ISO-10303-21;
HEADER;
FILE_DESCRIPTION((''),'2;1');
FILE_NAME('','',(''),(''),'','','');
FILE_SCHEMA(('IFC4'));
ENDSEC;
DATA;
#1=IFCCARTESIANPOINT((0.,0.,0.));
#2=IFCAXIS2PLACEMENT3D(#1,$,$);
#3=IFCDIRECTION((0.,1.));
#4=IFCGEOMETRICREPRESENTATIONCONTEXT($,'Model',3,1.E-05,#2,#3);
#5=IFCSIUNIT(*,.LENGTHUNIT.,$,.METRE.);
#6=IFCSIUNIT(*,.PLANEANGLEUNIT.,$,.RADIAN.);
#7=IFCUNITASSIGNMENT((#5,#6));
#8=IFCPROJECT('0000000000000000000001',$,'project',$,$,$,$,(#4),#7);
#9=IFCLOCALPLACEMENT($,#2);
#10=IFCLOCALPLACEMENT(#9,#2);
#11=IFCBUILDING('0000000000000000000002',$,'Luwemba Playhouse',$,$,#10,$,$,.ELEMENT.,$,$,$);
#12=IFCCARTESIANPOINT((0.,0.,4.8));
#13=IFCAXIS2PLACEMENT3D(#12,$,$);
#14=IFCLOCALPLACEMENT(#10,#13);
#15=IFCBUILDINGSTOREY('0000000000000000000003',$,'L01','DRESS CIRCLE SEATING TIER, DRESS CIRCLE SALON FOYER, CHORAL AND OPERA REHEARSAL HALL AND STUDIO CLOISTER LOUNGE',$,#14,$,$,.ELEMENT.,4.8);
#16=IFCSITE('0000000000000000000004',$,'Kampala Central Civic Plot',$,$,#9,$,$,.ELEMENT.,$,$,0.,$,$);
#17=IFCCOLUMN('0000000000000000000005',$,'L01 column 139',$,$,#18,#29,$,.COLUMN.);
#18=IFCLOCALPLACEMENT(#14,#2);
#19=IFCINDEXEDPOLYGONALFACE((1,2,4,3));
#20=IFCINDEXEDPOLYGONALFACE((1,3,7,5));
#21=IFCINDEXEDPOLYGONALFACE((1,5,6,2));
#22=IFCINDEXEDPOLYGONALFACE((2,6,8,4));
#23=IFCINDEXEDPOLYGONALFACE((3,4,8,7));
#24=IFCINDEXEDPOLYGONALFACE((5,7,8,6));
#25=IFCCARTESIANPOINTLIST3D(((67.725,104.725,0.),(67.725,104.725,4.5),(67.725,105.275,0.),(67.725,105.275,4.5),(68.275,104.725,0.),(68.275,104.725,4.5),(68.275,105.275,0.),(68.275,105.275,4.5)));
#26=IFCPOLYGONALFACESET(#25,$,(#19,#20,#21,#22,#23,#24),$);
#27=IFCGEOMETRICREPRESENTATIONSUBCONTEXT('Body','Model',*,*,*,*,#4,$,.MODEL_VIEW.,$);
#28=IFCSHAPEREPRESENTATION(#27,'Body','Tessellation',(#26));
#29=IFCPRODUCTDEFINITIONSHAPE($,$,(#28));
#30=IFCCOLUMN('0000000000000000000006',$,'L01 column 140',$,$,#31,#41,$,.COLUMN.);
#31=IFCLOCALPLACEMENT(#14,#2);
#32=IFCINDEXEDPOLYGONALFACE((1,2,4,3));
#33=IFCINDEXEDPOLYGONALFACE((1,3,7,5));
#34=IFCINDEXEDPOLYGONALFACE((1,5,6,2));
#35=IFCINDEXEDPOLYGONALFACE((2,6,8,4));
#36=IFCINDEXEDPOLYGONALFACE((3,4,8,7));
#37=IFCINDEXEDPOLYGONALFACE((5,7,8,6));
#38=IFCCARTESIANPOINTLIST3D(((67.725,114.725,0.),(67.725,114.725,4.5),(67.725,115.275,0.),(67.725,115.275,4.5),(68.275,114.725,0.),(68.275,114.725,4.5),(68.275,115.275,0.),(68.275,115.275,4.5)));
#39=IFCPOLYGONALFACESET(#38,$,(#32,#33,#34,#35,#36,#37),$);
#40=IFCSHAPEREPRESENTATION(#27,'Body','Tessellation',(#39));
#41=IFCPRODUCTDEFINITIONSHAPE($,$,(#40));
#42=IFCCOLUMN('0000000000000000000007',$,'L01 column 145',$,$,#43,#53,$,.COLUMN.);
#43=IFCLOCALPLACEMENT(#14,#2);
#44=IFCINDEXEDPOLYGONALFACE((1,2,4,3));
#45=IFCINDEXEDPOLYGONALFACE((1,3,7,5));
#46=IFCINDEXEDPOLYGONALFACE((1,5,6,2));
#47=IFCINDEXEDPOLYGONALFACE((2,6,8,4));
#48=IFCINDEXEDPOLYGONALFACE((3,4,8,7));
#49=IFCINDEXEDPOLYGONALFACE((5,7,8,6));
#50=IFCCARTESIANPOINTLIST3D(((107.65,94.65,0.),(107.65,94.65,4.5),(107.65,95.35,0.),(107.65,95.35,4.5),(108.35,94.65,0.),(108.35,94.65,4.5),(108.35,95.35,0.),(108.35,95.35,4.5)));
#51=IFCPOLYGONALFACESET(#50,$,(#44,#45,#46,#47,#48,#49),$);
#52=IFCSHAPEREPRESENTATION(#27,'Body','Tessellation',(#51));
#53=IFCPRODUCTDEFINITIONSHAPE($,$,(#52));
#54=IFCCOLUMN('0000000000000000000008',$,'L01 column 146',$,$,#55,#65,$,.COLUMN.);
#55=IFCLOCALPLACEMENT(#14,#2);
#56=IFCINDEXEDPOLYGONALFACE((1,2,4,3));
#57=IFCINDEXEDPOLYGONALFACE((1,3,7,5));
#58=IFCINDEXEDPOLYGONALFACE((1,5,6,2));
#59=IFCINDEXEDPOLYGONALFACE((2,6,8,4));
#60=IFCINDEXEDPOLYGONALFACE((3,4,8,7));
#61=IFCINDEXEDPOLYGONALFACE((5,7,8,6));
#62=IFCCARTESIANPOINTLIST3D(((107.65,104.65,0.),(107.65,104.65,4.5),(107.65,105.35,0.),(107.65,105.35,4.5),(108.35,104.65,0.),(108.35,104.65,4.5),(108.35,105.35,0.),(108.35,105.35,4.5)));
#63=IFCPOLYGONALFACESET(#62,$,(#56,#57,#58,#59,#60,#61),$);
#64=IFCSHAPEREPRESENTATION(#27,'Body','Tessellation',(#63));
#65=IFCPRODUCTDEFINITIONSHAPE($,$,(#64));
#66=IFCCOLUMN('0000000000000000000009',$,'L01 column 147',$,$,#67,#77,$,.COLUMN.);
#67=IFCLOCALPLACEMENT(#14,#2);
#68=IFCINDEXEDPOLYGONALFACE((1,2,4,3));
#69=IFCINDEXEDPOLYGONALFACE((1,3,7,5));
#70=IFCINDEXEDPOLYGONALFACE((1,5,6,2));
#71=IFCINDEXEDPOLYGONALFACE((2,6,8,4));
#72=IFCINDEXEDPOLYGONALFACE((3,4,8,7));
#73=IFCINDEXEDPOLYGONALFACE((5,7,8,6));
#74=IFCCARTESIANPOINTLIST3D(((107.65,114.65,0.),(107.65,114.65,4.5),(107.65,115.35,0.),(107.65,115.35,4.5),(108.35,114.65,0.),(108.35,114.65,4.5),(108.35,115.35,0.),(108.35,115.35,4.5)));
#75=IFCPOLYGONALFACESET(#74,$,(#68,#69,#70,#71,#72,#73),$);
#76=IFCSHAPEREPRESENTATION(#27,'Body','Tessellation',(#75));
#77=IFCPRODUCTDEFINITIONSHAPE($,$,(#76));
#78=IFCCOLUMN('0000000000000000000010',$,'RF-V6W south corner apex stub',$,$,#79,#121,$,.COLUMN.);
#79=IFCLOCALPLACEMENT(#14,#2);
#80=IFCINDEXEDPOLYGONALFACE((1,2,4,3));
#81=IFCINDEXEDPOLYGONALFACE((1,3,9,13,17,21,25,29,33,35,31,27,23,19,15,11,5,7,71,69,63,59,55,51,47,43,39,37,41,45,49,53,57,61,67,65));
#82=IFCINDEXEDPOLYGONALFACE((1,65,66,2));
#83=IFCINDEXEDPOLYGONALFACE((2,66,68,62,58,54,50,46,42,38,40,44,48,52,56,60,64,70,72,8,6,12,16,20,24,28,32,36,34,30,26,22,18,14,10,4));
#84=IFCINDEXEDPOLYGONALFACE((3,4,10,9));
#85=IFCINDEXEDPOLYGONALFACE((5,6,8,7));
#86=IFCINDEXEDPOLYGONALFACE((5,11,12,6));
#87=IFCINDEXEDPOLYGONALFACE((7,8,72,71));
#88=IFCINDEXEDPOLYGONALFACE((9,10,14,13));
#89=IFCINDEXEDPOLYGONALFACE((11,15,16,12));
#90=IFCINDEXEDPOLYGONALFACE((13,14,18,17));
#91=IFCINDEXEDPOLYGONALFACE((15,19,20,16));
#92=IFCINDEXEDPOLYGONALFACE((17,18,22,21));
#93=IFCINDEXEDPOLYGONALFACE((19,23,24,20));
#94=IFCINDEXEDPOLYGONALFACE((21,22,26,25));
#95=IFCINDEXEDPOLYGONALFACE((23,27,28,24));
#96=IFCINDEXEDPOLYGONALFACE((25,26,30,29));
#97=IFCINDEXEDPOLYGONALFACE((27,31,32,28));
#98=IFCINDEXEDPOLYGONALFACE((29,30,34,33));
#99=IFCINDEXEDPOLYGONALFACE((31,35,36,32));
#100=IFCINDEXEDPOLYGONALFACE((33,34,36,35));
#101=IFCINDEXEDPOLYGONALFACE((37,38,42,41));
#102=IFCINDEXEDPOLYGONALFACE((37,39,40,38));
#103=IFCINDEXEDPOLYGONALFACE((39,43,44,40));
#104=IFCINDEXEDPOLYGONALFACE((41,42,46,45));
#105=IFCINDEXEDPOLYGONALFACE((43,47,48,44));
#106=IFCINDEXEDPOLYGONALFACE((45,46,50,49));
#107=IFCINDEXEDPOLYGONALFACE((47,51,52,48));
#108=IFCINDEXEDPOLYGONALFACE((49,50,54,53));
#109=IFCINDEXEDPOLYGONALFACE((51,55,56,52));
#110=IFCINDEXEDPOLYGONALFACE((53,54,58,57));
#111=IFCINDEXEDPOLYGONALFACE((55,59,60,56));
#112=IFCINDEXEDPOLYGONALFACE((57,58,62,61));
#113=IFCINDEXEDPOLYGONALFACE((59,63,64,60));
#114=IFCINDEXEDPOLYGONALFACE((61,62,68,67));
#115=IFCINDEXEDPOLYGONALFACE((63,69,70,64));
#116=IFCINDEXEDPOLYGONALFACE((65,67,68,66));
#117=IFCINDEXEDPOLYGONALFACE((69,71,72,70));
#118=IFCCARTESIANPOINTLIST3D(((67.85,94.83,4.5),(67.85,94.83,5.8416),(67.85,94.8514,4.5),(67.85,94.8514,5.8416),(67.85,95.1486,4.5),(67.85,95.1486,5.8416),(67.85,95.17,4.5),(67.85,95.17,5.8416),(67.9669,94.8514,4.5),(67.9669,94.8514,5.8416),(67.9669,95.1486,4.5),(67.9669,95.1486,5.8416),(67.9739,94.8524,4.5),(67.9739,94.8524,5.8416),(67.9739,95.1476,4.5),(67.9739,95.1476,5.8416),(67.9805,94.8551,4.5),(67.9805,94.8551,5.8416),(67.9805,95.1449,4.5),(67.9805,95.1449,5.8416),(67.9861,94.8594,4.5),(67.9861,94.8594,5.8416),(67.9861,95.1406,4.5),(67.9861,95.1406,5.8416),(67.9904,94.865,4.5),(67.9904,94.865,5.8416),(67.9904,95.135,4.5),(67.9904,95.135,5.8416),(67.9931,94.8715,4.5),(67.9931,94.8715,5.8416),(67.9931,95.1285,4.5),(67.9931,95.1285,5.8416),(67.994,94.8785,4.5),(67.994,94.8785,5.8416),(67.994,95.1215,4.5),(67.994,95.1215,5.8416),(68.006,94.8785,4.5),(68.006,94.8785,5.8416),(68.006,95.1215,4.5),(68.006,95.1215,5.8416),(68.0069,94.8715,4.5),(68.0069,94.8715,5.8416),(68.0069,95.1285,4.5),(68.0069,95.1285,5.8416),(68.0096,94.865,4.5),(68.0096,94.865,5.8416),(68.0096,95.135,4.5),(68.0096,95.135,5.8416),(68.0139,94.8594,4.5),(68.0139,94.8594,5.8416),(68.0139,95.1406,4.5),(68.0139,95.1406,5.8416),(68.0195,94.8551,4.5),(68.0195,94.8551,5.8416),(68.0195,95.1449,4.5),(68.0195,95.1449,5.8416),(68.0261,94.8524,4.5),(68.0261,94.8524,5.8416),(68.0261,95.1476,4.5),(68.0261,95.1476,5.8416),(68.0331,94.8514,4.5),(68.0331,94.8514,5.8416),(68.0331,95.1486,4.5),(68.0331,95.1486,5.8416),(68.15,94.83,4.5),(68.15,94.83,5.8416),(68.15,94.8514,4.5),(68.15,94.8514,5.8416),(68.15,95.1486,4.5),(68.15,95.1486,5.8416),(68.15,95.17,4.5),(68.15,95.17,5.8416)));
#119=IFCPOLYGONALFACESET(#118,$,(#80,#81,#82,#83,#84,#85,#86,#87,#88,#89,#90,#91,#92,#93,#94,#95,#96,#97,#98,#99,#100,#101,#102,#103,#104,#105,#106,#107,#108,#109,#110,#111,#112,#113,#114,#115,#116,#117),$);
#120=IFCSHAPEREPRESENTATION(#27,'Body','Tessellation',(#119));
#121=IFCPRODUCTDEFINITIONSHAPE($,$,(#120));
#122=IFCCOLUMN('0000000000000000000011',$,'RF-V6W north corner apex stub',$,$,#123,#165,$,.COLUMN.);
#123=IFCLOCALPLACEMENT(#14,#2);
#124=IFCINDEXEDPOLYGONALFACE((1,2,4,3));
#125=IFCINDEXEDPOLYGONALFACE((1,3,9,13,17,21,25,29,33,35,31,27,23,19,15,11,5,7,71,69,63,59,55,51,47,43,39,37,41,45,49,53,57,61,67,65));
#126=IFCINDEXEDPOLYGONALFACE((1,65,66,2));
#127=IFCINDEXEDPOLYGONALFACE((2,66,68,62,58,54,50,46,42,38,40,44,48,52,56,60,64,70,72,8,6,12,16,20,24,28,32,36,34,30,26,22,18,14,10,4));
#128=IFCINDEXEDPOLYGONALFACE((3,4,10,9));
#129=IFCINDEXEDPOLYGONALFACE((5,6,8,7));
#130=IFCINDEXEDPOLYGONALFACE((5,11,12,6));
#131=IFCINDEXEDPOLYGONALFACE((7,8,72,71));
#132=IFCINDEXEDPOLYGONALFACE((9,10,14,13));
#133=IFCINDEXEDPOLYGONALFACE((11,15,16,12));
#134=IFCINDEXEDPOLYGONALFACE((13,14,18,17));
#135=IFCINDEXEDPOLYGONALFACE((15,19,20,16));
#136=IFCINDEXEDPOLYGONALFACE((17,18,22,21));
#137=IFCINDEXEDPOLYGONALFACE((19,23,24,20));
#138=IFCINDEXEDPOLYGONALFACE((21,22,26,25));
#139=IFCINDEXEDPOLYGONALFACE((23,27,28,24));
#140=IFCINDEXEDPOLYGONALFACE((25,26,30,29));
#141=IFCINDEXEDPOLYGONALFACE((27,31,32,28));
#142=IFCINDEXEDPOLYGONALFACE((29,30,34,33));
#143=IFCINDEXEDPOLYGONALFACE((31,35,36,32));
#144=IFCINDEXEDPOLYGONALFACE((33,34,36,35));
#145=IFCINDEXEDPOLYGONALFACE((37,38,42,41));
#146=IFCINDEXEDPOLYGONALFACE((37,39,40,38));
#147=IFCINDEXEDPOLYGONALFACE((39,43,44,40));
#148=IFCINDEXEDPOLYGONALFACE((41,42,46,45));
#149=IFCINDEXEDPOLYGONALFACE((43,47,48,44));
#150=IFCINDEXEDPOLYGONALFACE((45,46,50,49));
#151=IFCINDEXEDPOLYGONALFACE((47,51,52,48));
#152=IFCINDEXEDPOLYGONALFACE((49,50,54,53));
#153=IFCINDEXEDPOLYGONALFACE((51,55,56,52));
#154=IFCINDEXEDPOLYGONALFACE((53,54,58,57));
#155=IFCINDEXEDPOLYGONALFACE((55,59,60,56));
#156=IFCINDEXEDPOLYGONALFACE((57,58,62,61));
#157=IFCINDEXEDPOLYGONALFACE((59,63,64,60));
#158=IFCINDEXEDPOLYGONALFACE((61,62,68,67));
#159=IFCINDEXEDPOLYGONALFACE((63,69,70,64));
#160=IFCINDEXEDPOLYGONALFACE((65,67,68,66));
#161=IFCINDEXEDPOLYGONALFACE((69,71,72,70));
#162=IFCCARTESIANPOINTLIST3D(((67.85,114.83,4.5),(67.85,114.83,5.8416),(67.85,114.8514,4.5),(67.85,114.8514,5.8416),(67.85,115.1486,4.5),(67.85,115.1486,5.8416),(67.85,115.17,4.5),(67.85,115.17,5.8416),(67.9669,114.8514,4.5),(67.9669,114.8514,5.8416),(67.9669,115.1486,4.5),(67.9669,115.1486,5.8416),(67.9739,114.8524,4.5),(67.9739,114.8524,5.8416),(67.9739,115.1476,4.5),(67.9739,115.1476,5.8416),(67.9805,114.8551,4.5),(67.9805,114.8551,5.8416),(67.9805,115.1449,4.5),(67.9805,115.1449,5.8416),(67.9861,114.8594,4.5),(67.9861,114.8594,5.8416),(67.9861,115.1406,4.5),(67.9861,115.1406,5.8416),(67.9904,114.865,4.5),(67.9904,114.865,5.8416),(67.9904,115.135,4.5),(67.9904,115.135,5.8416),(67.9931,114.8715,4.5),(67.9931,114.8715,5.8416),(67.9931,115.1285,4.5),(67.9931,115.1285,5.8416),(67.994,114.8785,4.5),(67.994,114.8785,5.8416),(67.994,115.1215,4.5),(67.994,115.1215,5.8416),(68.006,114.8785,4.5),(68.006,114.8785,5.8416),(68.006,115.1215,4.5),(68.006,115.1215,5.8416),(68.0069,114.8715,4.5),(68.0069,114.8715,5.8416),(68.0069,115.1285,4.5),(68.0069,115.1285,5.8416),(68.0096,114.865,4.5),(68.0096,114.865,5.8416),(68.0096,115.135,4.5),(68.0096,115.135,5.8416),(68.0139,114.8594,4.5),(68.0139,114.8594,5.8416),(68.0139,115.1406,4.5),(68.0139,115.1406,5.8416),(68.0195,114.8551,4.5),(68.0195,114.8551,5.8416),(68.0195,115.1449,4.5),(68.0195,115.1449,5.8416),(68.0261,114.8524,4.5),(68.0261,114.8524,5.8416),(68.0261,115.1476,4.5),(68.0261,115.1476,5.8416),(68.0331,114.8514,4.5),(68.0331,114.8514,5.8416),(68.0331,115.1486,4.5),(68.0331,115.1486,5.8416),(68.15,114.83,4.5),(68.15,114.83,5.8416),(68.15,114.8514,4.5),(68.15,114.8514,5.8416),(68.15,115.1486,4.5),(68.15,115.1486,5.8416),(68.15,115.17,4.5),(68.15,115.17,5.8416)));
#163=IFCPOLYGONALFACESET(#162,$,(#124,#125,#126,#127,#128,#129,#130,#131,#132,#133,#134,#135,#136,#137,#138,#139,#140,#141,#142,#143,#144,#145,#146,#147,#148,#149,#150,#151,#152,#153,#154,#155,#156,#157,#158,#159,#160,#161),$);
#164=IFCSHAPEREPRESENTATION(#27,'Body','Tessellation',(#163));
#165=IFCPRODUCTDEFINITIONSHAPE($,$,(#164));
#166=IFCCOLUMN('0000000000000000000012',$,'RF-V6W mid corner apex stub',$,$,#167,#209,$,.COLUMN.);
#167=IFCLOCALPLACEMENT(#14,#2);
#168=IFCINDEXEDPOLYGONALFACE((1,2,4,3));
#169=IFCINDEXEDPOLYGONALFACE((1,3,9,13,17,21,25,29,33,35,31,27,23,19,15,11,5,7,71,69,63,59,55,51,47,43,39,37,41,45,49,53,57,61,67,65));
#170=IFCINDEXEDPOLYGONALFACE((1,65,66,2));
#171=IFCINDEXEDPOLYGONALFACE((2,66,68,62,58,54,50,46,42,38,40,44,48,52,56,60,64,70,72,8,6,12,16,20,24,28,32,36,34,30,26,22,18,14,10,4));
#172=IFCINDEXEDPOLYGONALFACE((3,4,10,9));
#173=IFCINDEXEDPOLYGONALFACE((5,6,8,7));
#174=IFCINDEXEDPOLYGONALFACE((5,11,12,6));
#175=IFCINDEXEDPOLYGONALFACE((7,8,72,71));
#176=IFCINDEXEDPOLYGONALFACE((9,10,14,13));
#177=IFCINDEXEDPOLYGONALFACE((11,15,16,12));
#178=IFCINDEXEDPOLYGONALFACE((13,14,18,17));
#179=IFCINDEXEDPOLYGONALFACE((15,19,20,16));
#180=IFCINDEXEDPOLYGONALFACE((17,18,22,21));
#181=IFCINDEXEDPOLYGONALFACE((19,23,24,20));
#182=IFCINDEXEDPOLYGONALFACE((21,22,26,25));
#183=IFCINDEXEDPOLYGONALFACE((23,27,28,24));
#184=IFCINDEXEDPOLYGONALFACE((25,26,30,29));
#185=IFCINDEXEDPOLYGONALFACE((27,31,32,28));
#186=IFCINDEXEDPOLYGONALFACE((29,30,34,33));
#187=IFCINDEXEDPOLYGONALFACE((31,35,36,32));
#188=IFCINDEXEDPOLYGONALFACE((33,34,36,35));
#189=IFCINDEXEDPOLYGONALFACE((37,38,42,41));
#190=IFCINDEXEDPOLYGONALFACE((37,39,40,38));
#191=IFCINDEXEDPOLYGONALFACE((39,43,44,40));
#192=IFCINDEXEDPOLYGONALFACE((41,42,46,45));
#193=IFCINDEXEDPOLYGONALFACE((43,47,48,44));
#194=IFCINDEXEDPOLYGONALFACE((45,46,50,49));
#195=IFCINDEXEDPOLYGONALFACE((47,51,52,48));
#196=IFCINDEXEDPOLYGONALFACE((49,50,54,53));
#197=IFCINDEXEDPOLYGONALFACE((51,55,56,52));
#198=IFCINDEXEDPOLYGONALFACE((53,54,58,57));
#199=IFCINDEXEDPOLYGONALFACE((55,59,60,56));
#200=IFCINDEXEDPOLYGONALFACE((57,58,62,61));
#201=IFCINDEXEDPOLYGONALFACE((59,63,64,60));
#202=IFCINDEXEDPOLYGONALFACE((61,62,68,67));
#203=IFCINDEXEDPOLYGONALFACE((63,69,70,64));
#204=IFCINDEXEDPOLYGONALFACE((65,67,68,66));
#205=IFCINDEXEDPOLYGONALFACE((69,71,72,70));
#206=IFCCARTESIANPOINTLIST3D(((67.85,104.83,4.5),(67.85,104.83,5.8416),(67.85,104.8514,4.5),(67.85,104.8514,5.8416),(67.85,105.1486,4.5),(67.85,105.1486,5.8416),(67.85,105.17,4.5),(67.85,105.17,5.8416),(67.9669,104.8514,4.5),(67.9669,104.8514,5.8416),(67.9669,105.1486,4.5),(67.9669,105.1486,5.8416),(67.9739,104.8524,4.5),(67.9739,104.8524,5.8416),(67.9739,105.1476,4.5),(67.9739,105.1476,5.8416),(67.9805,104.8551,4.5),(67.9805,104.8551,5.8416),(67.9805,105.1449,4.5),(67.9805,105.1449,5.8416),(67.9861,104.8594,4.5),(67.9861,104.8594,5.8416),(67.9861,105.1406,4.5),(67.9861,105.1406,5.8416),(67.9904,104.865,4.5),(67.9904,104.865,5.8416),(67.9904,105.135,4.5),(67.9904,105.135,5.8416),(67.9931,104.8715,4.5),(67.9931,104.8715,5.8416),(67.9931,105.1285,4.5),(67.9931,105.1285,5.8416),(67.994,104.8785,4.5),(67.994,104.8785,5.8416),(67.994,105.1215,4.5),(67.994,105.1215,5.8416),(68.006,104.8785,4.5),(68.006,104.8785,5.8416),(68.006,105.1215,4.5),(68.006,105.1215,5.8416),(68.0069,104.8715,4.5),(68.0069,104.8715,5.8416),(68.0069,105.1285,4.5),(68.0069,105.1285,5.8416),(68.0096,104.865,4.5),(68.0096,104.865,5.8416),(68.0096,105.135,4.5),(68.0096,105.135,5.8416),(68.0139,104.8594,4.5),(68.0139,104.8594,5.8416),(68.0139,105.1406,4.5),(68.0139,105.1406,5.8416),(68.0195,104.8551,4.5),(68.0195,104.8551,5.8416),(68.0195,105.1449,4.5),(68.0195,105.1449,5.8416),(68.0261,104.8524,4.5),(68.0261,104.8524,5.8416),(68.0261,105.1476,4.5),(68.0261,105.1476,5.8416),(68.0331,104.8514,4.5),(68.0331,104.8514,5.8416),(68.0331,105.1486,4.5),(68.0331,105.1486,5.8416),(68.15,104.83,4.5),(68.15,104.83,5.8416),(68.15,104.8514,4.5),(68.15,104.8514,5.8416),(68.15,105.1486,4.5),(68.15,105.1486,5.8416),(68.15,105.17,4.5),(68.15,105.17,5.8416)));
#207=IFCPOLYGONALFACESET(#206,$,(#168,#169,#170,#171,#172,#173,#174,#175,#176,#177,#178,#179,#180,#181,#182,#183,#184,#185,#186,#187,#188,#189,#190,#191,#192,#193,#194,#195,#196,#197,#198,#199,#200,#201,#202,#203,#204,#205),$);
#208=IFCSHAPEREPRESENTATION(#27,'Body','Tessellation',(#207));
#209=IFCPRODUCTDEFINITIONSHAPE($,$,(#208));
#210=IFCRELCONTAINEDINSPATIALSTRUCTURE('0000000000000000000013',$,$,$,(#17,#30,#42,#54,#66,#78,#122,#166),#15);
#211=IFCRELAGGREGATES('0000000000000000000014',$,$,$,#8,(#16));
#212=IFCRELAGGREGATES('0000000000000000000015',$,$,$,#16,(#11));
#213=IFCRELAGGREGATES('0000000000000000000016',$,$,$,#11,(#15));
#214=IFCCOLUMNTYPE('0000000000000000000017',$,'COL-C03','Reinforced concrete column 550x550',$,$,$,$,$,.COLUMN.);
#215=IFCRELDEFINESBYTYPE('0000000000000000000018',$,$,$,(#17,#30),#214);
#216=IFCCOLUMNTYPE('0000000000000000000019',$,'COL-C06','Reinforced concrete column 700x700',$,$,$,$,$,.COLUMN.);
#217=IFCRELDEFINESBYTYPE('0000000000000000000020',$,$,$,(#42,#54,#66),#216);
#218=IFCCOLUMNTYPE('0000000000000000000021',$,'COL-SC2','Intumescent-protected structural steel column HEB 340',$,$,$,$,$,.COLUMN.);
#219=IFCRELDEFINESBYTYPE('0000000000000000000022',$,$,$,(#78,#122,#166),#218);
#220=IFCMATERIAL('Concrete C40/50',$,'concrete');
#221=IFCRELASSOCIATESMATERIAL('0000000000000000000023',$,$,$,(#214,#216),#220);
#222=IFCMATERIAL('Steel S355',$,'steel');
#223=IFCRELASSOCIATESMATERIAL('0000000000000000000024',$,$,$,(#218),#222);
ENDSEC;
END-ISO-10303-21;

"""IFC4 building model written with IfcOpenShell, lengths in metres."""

from ifc_helpers import new_model, si_unit, direction, frame, origin, origin_2d, place, context, subcontext, project, spatial, rectangle, i_section, extrude, material, material_profile, profile_set, type_object, element, save


model = new_model("IFC4")

# Units and contexts
model_context = context("Model", 3, precision=1e-05, world=origin(), true_north=direction((0.0, 1.0)))
body_context = subcontext(model_context, "Body", "Model", "MODEL_VIEW")
ifc_project = project(units=[si_unit("LENGTHUNIT", "METRE"), si_unit("PLANEANGLEUNIT", "RADIAN")], contexts=[model_context])

# Site, building, storey
site_placement = place(None, origin())
site = spatial("IfcSite", under=ifc_project, at=site_placement, Name="Kampala Central Civic Plot", CompositionType="ELEMENT", RefElevation=0.0)
building_placement = place(site_placement, origin())
building = spatial("IfcBuilding", under=site, at=building_placement, Name="Luwemba Playhouse", CompositionType="ELEMENT")
storey_placement = place(building_placement, frame((0.0, 0.0, 4.8)))
storey = spatial("IfcBuildingStorey", under=building, at=storey_placement, Name="L01", Description="DRESS CIRCLE SEATING TIER, DRESS CIRCLE SALON FOYER, CHORAL AND OPERA REHEARSAL HALL AND STUDIO CLOISTER LOUNGE", CompositionType="ELEMENT", Elevation=4.8)

# Columns
ifc_material_1 = material(Name="Concrete C40/50", Category="concrete")
ifc_material_profile_1 = material_profile(ifc_material_1, rectangle(XDim=0.55, YDim=0.55, at=origin_2d()))
ifc_profile_set_1 = profile_set([ifc_material_profile_1], Name="Concrete C40/50")
column_type_1 = type_object("IfcColumnType", Name="COL-C03", Description="Reinforced concrete column 550x550", PredefinedType="COLUMN", material=ifc_profile_set_1)
for number, where, z_axis, x_axis, name in (
    (1, (68.0, 105.0, 0.0), (0.0, 0.0, 1.0), (1.0, 0.0, 0.0), "L01 column 139"),
    (2, (68.0, 115.0, 0.0), (0.0, 0.0, 1.0), (1.0, 0.0, 0.0), "L01 column 140"),
):
    element("IfcColumn", number, at=place(storey_placement, frame(where, z_axis=z_axis, x_axis=x_axis)), inside=storey, type_object=column_type_1, Name=name, PredefinedType="COLUMN", context=body_context, shape_type="SweptSolid", body=[
        extrude(rectangle(XDim=0.55, YDim=0.55, at=origin_2d()), origin(), (0.0, 0.0, 1.0), 4.5),
    ])
ifc_material_profile_2 = material_profile(ifc_material_1, rectangle(XDim=0.7, YDim=0.7, at=origin_2d()))
ifc_profile_set_2 = profile_set([ifc_material_profile_2], Name="Concrete C40/50")
column_type_2 = type_object("IfcColumnType", Name="COL-C06", Description="Reinforced concrete column 700x700", PredefinedType="COLUMN", material=ifc_profile_set_2)
for number, where, z_axis, x_axis, name in (
    (3, (108.0, 95.0, 0.0), (0.0, 0.0, 1.0), (1.0, 0.0, 0.0), "L01 column 145"),
    (4, (108.0, 105.0, 0.0), (0.0, 0.0, 1.0), (1.0, 0.0, 0.0), "L01 column 146"),
    (5, (108.0, 115.0, 0.0), (0.0, 0.0, 1.0), (1.0, 0.0, 0.0), "L01 column 147"),
):
    element("IfcColumn", number, at=place(storey_placement, frame(where, z_axis=z_axis, x_axis=x_axis)), inside=storey, type_object=column_type_2, Name=name, PredefinedType="COLUMN", context=body_context, shape_type="SweptSolid", body=[
        extrude(rectangle(XDim=0.7, YDim=0.7, at=origin_2d()), origin(), (0.0, 0.0, 1.0), 4.5),
    ])
ifc_material_2 = material(Name="Steel S355", Category="steel")
ifc_material_profile_3 = material_profile(ifc_material_2, i_section(OverallWidth=0.3, OverallDepth=0.3401, WebThickness=0.012, FlangeThickness=0.0215, FilletRadius=0.0271, at=origin_2d()))
ifc_profile_set_3 = profile_set([ifc_material_profile_3], Name="Steel S355")
column_type_3 = type_object("IfcColumnType", Name="COL-SC2", Description="Intumescent-protected structural steel column HEB 340", PredefinedType="COLUMN", material=ifc_profile_set_3)
for number, where, z_axis, x_axis, name in (
    (6, (68.0, 95.0, 4.5), (0.0, 0.0, 1.0), (1.0, 0.0, 0.0), "RF-V6W south corner apex stub"),
    (7, (68.0, 115.0, 4.5), (0.0, 0.0, 1.0), (1.0, 0.0, 0.0), "RF-V6W north corner apex stub"),
    (8, (68.0, 105.0, 4.5), (0.0, 0.0, 1.0), (1.0, 0.0, 0.0), "RF-V6W mid corner apex stub"),
):
    element("IfcColumn", number, at=place(storey_placement, frame(where, z_axis=z_axis, x_axis=x_axis)), inside=storey, type_object=column_type_3, Name=name, PredefinedType="COLUMN", context=body_context, shape_type="SweptSolid", body=[
        extrude(i_section(OverallWidth=0.3, OverallDepth=0.3401, WebThickness=0.012, FlangeThickness=0.0215, FilletRadius=0.0271, at=origin_2d()), origin(), (0.0, 0.0, 1.0), 1.3416),
    ])

save(model, "model.ifc")
